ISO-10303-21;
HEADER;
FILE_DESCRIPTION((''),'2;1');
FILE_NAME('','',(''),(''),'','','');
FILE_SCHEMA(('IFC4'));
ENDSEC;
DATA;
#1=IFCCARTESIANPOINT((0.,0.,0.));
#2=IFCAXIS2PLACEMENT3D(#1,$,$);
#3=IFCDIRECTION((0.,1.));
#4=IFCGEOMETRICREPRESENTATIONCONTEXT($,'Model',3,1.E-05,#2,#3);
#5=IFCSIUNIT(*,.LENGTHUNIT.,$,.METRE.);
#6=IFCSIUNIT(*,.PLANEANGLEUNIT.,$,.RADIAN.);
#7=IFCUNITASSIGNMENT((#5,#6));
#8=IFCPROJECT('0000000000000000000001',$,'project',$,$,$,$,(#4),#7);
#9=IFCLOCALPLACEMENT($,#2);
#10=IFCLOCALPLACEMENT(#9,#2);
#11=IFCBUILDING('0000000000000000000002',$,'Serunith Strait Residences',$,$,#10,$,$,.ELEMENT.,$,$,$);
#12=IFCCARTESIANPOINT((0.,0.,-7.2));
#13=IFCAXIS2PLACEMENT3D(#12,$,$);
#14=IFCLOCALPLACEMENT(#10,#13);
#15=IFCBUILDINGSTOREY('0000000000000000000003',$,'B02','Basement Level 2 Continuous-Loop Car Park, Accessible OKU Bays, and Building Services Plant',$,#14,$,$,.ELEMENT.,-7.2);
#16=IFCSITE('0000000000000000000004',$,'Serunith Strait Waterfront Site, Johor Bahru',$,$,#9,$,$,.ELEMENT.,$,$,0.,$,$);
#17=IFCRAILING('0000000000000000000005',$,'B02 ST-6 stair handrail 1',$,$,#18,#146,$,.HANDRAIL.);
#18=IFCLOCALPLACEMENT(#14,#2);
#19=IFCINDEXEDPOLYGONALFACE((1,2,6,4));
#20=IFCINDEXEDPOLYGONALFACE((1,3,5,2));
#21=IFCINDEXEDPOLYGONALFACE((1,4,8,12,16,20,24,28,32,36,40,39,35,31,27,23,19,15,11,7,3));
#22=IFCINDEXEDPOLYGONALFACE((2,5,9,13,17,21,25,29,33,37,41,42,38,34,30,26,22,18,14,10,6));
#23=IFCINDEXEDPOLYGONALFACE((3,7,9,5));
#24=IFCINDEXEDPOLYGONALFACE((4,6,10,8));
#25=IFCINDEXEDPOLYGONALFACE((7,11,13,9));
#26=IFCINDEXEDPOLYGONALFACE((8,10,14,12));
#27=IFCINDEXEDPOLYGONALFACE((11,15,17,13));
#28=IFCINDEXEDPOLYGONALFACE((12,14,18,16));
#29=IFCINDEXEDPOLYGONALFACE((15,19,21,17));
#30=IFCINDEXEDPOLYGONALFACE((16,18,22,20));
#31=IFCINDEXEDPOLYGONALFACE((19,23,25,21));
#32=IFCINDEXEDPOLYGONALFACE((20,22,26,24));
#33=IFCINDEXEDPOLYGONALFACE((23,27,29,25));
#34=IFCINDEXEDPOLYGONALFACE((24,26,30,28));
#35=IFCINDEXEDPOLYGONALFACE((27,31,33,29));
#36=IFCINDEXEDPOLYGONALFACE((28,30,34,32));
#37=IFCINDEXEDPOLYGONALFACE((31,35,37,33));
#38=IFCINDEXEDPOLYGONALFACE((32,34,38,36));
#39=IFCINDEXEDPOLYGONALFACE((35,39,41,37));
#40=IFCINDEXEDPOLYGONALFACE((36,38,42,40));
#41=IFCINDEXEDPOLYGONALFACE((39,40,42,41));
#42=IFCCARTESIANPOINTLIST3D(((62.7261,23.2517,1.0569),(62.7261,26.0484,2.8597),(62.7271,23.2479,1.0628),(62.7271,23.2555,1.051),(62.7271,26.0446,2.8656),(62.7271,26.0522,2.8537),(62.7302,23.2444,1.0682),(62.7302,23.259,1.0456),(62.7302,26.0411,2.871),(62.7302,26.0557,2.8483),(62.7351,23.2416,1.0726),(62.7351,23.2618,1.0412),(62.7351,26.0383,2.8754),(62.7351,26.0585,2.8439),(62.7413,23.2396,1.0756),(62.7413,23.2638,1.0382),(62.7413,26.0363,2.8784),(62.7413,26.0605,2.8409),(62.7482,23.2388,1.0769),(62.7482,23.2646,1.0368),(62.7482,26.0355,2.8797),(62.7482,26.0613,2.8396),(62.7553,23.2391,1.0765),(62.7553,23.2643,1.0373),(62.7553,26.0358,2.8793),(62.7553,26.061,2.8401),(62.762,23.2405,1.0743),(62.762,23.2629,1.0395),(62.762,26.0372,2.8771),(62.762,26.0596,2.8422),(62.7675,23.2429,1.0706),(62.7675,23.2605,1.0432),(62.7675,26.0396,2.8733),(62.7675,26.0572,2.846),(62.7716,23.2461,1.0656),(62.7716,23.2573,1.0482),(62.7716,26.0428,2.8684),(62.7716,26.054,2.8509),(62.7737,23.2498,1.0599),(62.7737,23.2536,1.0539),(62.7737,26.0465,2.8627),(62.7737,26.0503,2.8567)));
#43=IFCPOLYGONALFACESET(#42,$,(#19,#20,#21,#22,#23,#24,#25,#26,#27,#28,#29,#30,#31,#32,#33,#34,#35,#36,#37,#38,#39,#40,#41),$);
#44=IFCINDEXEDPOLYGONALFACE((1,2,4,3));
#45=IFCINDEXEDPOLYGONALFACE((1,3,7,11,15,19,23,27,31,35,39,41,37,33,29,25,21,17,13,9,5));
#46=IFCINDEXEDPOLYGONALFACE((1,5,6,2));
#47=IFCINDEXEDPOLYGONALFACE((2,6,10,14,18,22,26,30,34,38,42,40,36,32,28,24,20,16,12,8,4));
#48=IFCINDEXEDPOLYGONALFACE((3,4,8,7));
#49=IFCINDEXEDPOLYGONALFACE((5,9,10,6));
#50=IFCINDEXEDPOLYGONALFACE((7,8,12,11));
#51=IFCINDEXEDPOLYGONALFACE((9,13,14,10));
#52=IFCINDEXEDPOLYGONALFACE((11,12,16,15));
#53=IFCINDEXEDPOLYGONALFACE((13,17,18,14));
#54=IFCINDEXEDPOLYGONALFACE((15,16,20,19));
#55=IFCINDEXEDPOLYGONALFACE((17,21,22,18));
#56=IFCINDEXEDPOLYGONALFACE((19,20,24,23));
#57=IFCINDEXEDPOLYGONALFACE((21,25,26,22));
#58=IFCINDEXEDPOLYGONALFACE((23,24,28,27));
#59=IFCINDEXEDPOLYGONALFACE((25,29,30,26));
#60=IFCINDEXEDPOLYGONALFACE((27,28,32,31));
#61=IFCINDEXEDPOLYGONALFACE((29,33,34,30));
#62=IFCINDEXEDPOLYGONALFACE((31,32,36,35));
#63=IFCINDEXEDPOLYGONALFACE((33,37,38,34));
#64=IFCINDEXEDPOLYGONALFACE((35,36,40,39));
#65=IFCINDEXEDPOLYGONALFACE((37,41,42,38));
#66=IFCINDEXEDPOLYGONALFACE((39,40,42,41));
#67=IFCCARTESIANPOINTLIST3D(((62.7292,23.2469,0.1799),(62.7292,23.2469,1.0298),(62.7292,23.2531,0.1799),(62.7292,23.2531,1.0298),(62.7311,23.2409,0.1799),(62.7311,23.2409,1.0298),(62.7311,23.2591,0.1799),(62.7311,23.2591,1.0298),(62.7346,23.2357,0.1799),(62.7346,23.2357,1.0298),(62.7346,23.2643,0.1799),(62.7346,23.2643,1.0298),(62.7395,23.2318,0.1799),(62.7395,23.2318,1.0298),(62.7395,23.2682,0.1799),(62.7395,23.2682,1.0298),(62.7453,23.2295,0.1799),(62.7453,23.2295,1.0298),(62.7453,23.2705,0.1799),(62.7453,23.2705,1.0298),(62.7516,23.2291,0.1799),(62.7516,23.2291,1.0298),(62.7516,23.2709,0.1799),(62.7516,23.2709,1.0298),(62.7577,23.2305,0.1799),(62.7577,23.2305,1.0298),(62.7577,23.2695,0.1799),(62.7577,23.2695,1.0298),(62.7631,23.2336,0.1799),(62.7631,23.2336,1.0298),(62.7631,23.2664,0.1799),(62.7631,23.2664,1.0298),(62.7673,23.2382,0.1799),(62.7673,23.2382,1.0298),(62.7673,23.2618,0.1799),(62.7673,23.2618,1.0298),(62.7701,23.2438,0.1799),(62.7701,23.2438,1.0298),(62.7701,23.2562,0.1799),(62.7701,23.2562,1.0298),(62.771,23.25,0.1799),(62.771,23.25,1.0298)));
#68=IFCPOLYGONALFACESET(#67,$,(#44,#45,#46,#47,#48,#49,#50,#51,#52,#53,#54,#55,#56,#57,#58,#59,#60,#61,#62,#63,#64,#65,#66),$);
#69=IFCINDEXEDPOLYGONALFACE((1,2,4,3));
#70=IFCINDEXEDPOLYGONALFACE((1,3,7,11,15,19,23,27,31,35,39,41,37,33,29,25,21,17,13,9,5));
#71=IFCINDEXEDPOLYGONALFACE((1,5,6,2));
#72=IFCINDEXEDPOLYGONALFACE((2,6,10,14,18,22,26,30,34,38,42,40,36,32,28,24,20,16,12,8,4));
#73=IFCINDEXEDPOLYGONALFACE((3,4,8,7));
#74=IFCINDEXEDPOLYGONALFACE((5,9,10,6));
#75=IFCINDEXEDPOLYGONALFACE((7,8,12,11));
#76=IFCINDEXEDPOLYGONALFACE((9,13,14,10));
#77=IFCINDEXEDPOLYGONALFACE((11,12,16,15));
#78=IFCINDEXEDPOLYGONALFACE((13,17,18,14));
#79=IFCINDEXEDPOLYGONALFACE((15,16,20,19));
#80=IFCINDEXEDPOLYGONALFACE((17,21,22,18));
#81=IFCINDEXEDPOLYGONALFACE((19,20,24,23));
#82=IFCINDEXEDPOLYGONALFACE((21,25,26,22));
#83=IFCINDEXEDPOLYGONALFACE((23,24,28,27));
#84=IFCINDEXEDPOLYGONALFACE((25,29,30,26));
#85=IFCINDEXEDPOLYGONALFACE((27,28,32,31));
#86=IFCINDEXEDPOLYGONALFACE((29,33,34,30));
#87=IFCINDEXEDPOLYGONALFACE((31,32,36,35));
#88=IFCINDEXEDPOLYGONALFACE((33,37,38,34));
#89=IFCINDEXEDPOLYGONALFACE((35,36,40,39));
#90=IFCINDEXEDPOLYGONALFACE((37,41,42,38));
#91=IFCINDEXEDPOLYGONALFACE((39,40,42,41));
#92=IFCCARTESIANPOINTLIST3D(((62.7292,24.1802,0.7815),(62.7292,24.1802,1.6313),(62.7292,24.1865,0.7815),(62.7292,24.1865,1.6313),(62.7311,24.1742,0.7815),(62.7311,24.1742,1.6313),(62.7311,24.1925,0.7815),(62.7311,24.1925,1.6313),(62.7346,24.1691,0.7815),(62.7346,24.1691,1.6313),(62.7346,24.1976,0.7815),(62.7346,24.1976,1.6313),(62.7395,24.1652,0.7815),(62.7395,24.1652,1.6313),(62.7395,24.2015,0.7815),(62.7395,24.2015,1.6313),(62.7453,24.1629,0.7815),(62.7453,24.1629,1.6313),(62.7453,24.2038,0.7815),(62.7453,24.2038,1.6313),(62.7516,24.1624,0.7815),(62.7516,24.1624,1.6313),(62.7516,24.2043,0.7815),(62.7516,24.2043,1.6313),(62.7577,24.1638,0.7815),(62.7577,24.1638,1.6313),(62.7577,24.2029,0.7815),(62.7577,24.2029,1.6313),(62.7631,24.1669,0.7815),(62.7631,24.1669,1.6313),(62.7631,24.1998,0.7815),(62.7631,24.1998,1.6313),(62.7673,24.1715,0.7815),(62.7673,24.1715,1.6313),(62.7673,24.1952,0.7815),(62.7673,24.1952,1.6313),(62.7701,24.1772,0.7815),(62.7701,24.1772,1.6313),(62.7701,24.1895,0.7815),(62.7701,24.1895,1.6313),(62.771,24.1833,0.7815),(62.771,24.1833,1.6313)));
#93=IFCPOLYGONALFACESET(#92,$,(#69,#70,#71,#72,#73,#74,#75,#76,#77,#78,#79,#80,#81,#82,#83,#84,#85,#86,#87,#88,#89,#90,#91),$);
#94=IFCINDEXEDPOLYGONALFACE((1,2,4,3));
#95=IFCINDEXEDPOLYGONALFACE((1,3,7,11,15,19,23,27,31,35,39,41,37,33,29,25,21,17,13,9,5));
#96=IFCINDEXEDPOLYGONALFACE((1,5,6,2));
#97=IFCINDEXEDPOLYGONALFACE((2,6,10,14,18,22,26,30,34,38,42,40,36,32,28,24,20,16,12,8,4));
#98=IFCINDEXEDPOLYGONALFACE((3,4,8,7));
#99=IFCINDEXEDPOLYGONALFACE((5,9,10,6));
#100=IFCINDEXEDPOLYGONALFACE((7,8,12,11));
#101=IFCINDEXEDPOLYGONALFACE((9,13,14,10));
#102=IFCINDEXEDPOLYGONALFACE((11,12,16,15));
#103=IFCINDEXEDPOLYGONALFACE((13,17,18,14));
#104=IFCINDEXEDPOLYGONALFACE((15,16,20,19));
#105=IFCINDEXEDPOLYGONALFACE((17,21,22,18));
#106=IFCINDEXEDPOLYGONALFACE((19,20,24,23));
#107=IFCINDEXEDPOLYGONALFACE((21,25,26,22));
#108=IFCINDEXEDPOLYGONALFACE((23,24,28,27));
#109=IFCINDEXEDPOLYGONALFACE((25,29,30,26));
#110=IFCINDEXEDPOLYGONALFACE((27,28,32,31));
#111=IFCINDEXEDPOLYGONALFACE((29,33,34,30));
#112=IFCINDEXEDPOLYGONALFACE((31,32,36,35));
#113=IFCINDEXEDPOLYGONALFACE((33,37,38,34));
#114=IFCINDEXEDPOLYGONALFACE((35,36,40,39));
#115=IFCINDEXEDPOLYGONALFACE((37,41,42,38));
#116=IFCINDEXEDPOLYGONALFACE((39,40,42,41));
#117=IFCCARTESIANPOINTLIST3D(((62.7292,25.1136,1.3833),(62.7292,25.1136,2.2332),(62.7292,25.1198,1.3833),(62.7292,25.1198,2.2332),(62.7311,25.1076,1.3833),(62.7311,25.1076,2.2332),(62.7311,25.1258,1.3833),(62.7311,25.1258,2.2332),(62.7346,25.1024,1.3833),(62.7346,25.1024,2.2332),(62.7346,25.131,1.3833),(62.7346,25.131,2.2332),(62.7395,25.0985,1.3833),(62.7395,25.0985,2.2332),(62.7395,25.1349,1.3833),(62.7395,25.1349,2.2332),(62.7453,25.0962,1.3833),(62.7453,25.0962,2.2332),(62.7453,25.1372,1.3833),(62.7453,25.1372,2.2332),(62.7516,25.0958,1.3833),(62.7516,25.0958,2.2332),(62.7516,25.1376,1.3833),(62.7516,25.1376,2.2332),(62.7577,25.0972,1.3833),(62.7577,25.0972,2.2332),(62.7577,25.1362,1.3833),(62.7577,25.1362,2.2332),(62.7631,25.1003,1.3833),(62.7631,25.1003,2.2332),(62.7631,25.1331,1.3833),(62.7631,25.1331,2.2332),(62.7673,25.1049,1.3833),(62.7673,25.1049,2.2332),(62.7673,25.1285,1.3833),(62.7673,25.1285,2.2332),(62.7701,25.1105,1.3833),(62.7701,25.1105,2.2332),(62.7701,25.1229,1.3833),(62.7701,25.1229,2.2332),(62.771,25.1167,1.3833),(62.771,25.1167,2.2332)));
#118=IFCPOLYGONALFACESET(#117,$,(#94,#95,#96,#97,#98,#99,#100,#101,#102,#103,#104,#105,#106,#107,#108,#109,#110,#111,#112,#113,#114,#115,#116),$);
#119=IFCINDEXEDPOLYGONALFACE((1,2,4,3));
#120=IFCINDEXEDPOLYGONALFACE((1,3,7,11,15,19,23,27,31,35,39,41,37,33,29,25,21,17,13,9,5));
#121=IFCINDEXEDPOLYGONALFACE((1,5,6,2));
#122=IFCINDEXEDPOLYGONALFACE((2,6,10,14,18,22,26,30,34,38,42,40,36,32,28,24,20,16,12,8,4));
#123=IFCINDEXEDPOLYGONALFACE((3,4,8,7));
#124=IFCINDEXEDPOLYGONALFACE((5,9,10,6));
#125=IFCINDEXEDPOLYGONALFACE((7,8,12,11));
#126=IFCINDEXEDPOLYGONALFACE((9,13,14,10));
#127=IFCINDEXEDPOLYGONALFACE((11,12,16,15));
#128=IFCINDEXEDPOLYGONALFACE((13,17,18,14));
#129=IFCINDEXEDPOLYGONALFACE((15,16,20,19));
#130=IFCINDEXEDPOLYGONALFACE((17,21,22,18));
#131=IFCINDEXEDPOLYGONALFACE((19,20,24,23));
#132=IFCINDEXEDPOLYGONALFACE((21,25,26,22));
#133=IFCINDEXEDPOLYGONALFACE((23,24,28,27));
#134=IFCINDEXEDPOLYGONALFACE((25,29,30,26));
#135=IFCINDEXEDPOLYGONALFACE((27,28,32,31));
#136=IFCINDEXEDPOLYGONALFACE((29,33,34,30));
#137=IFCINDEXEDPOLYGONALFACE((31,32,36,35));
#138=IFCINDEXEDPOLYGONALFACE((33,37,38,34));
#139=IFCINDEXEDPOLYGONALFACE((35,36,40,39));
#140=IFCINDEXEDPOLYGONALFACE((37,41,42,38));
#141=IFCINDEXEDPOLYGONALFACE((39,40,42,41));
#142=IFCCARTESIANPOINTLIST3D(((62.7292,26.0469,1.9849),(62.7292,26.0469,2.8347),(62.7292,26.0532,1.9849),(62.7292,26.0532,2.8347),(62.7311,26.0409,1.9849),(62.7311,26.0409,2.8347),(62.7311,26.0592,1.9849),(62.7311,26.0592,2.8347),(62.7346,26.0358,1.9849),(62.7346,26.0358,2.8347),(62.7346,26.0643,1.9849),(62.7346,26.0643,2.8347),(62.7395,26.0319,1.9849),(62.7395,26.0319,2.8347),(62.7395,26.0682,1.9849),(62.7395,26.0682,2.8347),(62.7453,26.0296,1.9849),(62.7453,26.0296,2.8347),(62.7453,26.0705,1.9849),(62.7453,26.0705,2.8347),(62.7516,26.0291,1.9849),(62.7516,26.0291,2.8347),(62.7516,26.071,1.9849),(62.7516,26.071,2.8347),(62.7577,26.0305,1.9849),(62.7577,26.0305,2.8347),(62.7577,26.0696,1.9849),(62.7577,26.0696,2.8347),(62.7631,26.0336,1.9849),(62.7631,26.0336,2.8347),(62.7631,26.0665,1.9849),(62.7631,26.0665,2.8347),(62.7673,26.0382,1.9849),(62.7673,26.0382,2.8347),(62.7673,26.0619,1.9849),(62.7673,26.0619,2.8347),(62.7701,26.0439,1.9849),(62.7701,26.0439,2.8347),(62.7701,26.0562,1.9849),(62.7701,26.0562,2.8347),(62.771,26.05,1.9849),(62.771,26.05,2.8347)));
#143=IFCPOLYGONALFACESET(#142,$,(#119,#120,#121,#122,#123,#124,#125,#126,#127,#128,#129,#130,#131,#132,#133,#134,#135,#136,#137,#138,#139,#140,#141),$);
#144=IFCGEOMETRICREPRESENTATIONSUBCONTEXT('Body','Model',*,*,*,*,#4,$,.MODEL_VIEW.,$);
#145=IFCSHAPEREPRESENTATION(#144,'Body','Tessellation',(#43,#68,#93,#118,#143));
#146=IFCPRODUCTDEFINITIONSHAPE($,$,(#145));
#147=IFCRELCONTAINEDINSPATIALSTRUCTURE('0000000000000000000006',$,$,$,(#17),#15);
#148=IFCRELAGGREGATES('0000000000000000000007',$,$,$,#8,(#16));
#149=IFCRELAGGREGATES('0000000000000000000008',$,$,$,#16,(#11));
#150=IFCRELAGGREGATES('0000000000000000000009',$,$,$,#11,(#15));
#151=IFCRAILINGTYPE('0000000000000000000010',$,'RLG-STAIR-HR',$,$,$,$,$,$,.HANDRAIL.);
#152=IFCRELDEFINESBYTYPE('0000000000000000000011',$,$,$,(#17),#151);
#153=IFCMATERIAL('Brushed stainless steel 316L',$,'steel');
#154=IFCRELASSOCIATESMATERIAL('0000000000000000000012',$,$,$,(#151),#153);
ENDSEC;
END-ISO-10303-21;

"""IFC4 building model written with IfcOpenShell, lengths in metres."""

from ifc_helpers import new_model, si_unit, direction, frame, origin, origin_2d, place, context, subcontext, project, spatial, circle, extrude, material, type_object, element, save


model = new_model("IFC4")

# Units and contexts
model_context = context("Model", 3, precision=1e-05, world=origin(), true_north=direction((0.0, 1.0)))
body_context = subcontext(model_context, "Body", "Model", "MODEL_VIEW")
ifc_project = project(units=[si_unit("LENGTHUNIT", "METRE"), si_unit("PLANEANGLEUNIT", "RADIAN")], contexts=[model_context])

# Site, building, storey
site_placement = place(None, origin())
site = spatial("IfcSite", under=ifc_project, at=site_placement, Name="Serunith Strait Waterfront Site, Johor Bahru", CompositionType="ELEMENT", RefElevation=0.0)
building_placement = place(site_placement, origin())
building = spatial("IfcBuilding", under=site, at=building_placement, Name="Serunith Strait Residences", CompositionType="ELEMENT")
storey_placement = place(building_placement, frame((0.0, 0.0, -7.2)))
storey = spatial("IfcBuildingStorey", under=building, at=storey_placement, Name="B02", Description="Basement Level 2 Continuous-Loop Car Park, Accessible OKU Bays, and Building Services Plant", CompositionType="ELEMENT", Elevation=-7.2)

# Railing
ifc_material_1 = material(Name="Brushed stainless steel 316L", Category="steel")
railing_type_1 = type_object("IfcRailingType", Name="RLG-STAIR-HR", PredefinedType="HANDRAIL", material=ifc_material_1)
railing_1_placement = place(storey_placement, frame((62.75, 23.25, 0.1799)))
element("IfcRailing", 1, at=railing_1_placement, inside=storey, type_object=railing_type_1, Name="B02 ST-6 stair handrail 1", PredefinedType="HANDRAIL", context=body_context, shape_type="SweptSolid", body=[
    extrude(circle(Radius=0.0239, at=origin_2d()), frame((0.0, 0.0017, 0.877), z_axis=(0.0, 0.840509, 0.541798), x_axis=(-1.0, 0.0, 0.0)), (0.0, 0.0, 1.0), 3.3274),
    extrude(circle(Radius=0.021, at=origin_2d()), origin(), (0.0, 0.0, 1.0), 0.8499),
    extrude(circle(Radius=0.021, at=origin_2d()), frame((0.0, 0.9333, 0.6016)), (0.0, 0.0, 1.0), 0.8499),
    extrude(circle(Radius=0.021, at=origin_2d()), frame((0.0, 1.8667, 1.2034)), (0.0, 0.0, 1.0), 0.8499),
    extrude(circle(Radius=0.021, at=origin_2d()), frame((0.0, 2.8, 1.8049)), (0.0, 0.0, 1.0), 0.8499),
])

save(model, "model.ifc")
